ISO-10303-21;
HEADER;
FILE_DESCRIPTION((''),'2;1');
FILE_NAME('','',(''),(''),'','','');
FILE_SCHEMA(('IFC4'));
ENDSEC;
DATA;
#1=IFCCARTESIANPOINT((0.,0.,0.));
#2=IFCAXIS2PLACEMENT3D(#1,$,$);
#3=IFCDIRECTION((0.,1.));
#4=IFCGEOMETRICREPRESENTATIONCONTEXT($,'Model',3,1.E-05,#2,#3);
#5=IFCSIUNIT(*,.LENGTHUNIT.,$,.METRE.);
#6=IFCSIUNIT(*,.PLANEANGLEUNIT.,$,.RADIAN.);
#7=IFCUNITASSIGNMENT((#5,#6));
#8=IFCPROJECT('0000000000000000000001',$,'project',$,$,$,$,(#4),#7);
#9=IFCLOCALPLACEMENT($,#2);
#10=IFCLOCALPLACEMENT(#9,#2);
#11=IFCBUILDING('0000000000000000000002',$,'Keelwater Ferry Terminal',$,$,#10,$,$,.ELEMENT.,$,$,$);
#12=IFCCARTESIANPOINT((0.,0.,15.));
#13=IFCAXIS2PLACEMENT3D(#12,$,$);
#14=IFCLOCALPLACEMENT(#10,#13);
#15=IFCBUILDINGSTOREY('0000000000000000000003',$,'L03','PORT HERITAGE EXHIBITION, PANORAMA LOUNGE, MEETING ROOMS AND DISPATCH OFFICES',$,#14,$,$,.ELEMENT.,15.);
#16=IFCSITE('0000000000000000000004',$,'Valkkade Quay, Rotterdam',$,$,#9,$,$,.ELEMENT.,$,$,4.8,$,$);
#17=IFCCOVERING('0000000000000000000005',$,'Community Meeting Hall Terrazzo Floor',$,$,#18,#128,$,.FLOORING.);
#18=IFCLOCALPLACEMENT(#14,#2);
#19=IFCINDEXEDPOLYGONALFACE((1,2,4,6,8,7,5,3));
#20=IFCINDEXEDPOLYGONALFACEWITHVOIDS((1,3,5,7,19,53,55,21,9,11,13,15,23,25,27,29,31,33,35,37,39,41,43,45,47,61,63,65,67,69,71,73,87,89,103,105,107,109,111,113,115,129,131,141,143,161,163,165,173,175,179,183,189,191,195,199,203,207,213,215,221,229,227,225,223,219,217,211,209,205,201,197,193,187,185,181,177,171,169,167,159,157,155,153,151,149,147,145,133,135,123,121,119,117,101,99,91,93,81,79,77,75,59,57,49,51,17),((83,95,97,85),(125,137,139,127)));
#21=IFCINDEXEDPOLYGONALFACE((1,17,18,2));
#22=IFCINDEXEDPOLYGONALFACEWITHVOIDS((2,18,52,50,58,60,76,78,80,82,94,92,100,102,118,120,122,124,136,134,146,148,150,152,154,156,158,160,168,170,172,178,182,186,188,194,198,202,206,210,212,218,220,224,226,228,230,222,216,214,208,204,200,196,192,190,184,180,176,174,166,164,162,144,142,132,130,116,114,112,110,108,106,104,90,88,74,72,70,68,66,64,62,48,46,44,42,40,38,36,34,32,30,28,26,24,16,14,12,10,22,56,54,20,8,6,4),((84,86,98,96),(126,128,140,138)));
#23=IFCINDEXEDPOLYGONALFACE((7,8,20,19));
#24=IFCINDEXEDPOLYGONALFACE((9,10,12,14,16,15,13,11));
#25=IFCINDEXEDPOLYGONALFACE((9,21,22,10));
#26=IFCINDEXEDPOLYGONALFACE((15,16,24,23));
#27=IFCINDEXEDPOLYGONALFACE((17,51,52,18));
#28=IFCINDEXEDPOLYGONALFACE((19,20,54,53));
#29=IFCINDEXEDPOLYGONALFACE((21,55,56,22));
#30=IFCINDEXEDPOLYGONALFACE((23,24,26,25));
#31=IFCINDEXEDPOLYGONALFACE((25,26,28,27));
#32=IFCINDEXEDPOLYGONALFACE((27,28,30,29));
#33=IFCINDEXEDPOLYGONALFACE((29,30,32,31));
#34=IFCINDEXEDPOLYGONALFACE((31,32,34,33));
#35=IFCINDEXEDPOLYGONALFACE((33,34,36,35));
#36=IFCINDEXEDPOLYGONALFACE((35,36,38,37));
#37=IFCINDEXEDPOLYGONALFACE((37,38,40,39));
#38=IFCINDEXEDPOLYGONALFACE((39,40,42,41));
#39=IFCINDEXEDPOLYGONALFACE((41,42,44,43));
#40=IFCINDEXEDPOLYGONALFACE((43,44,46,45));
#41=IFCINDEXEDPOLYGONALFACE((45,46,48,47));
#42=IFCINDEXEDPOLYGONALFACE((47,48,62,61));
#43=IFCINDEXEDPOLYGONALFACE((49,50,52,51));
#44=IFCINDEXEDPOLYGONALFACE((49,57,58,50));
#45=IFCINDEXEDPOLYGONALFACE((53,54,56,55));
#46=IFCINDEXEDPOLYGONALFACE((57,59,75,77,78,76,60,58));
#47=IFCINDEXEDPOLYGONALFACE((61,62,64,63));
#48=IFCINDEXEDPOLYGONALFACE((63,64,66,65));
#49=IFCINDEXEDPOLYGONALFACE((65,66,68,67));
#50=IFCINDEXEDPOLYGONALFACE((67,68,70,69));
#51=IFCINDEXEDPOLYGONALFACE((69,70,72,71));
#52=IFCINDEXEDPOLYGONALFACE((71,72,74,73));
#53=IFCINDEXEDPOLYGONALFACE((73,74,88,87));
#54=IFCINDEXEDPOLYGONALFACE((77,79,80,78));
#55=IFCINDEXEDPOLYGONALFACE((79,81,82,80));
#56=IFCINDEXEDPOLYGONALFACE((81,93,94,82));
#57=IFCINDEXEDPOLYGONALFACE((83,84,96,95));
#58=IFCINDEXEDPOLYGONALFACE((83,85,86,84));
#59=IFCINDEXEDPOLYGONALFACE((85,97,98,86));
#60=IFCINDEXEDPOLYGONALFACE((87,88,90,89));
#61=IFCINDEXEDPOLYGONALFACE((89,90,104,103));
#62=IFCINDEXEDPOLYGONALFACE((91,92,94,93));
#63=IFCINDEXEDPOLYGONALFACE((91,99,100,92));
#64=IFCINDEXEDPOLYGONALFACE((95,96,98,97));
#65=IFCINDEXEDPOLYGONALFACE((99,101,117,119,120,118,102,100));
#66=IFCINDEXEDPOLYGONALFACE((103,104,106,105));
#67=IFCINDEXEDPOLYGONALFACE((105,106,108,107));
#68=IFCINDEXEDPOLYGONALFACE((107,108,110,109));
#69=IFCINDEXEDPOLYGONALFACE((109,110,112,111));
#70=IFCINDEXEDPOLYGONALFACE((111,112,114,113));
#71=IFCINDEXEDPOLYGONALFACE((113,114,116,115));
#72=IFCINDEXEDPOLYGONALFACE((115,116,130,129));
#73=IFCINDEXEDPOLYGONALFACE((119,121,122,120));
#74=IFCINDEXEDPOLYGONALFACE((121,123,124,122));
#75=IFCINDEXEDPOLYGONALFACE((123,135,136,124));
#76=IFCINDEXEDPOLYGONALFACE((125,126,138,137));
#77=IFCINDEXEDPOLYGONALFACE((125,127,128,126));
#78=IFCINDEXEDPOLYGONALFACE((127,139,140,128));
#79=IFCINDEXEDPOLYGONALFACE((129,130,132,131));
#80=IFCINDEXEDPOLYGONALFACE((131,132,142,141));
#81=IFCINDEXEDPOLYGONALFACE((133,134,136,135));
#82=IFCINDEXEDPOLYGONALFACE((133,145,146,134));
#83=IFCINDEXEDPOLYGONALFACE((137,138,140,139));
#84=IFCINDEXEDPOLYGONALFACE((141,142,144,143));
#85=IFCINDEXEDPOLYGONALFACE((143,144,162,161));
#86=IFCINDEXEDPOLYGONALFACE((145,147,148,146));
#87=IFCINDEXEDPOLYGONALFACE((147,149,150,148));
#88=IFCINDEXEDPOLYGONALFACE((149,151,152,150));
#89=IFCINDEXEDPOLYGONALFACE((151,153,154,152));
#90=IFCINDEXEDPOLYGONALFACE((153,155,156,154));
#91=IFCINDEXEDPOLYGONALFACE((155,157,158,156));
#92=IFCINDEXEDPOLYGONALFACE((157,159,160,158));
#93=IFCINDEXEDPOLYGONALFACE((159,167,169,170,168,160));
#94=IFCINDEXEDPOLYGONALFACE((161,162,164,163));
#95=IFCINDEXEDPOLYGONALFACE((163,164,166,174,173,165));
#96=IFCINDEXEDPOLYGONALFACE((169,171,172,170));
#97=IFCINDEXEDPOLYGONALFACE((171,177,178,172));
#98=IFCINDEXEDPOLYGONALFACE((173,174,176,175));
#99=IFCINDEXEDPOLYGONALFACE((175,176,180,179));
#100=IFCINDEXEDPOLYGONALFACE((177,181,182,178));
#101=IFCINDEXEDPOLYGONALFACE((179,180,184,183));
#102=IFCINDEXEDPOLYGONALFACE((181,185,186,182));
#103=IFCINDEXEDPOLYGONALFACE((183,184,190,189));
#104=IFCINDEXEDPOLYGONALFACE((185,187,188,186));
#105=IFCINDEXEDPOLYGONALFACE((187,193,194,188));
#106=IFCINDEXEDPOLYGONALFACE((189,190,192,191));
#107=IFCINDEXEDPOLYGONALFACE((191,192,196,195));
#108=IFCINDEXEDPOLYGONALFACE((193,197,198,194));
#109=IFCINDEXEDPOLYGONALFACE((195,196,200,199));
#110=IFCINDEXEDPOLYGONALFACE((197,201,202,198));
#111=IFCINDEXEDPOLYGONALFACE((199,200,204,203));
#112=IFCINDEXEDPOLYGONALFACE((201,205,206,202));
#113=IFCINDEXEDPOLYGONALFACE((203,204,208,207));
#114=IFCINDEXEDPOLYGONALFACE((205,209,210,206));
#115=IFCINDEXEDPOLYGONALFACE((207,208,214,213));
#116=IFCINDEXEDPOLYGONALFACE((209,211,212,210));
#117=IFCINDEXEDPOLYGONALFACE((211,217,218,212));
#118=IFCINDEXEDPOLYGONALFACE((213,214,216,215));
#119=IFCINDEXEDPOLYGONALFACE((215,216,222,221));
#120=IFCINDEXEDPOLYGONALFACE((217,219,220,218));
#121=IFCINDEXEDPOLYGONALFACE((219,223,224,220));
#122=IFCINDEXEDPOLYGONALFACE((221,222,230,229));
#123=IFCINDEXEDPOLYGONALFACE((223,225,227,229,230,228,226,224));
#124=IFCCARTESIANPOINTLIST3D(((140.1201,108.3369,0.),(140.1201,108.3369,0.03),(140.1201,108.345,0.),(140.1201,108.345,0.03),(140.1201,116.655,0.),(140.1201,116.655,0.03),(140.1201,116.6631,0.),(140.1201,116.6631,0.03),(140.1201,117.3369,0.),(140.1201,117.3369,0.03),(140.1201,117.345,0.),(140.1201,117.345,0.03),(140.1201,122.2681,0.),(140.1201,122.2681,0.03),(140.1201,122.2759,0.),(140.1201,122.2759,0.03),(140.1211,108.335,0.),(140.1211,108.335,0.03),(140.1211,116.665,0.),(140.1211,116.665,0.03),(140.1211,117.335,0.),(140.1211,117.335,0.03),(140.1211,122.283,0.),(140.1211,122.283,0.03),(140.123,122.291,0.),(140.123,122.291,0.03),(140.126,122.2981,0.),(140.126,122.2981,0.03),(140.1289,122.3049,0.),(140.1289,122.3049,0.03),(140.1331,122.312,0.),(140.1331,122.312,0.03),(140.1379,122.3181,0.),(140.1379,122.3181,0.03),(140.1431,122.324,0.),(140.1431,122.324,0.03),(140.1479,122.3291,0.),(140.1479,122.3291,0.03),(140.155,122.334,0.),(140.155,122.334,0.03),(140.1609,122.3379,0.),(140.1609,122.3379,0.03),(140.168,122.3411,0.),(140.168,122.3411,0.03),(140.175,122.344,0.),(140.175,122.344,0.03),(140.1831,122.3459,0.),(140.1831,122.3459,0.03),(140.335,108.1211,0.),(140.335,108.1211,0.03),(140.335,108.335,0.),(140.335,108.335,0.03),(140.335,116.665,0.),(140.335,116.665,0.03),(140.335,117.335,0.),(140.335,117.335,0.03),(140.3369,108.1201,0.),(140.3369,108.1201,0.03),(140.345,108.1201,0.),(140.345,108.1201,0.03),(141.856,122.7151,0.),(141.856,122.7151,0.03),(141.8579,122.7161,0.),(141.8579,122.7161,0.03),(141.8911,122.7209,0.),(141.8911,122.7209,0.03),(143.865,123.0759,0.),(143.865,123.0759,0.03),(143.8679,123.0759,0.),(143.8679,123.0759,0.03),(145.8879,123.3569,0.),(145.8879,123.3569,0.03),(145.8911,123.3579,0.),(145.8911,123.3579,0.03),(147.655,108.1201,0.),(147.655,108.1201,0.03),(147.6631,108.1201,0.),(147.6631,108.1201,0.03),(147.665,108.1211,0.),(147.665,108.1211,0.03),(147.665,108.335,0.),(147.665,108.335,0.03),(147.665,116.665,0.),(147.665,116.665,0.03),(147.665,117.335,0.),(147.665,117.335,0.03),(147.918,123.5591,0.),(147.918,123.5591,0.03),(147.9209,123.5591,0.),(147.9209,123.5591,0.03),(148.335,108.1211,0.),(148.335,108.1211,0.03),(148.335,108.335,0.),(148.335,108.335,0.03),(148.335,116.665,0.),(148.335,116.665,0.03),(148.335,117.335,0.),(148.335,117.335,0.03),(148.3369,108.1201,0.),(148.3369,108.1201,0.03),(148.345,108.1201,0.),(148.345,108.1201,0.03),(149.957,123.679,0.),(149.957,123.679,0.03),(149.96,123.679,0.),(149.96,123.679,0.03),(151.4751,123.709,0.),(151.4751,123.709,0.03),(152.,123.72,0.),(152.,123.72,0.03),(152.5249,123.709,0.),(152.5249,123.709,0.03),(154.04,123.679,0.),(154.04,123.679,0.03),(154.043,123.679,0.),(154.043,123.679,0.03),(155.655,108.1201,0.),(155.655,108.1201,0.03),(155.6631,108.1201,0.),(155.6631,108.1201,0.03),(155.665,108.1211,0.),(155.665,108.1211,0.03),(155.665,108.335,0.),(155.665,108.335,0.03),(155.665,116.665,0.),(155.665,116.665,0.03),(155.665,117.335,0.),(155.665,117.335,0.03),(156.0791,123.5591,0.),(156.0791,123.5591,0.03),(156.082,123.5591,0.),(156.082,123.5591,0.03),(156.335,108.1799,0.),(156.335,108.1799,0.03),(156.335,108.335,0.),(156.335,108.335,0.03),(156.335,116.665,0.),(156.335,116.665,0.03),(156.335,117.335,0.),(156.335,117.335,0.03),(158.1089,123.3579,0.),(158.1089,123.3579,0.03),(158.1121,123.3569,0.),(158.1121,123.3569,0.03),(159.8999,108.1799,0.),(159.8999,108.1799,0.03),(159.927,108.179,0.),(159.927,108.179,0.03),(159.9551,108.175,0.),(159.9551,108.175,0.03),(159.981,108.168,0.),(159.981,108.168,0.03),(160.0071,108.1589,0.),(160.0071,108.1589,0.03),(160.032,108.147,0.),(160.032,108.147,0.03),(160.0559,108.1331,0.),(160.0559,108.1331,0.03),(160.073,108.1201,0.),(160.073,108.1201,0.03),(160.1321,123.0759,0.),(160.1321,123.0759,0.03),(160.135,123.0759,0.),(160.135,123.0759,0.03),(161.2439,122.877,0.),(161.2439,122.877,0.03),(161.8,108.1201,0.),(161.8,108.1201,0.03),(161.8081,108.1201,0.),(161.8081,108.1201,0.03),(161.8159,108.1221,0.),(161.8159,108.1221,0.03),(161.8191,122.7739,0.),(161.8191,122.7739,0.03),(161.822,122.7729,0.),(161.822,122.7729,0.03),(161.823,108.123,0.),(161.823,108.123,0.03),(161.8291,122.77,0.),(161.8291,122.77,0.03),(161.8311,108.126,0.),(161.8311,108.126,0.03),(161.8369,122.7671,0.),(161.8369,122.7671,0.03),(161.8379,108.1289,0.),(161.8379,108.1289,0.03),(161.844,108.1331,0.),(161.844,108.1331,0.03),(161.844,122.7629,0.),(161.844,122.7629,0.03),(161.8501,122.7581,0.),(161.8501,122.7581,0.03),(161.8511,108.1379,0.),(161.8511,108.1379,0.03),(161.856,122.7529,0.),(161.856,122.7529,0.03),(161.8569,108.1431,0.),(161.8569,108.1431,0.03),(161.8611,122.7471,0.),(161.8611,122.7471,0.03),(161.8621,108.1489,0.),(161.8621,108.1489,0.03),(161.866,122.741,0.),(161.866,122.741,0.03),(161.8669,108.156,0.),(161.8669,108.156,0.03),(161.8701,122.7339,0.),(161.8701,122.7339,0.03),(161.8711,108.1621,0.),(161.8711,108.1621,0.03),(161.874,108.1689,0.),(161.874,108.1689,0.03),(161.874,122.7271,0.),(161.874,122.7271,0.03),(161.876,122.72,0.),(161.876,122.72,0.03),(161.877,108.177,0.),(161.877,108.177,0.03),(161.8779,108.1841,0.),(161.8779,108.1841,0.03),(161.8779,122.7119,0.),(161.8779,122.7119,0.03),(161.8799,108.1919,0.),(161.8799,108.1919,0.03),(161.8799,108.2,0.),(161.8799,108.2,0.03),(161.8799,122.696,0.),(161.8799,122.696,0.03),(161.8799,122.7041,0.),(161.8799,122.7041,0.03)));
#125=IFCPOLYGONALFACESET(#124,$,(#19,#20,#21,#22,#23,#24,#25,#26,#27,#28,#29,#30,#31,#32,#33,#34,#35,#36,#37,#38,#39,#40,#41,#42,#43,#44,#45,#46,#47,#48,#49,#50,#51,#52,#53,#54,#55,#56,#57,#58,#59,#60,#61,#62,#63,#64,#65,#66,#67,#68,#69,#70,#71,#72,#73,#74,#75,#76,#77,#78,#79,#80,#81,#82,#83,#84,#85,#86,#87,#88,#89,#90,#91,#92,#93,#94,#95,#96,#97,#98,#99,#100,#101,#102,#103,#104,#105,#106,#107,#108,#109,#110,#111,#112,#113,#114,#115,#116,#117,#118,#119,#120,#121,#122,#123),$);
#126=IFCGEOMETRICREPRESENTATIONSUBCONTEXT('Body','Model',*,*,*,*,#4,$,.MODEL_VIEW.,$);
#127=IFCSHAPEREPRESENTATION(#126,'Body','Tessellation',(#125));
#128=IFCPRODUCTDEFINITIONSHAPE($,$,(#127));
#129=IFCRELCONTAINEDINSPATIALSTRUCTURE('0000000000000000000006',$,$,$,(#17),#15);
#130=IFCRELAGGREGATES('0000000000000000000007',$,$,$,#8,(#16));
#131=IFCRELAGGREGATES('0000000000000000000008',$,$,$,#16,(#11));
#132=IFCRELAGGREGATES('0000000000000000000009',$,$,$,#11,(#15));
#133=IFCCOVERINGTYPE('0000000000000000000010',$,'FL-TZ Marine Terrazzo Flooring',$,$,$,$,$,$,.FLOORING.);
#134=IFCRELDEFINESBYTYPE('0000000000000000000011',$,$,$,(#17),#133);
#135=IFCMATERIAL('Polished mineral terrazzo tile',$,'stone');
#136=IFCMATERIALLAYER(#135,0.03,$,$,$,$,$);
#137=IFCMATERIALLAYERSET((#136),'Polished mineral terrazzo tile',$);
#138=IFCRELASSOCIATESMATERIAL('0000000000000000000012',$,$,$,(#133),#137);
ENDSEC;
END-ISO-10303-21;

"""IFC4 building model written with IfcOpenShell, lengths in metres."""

from ifc_helpers import new_model, si_unit, direction, frame, origin, place, context, subcontext, project, spatial, polyline, outline, extrude, material, layer, layer_set, type_object, element, save


model = new_model("IFC4")

# Units and contexts
model_context = context("Model", 3, precision=1e-05, world=origin(), true_north=direction((0.0, 1.0)))
body_context = subcontext(model_context, "Body", "Model", "MODEL_VIEW")
ifc_project = project(units=[si_unit("LENGTHUNIT", "METRE"), si_unit("PLANEANGLEUNIT", "RADIAN")], contexts=[model_context])

# Site, building, storey
site_placement = place(None, origin())
site = spatial("IfcSite", under=ifc_project, at=site_placement, Name="Valkkade Quay, Rotterdam", CompositionType="ELEMENT", RefElevation=4.8)
building_placement = place(site_placement, origin())
building = spatial("IfcBuilding", under=site, at=building_placement, Name="Keelwater Ferry Terminal", CompositionType="ELEMENT")
storey_placement = place(building_placement, frame((0.0, 0.0, 15.0)))
storey = spatial("IfcBuildingStorey", under=building, at=storey_placement, Name="L03", Description="PORT HERITAGE EXHIBITION, PANORAMA LOUNGE, MEETING ROOMS AND DISPATCH OFFICES", CompositionType="ELEMENT", Elevation=15.0)

# Covering
ifc_material_1 = material(Name="Polished mineral terrazzo tile", Category="stone")
ifc_layer_1 = layer(ifc_material_1, 0.03)
ifc_layer_set_1 = layer_set([ifc_layer_1], Name="Polished mineral terrazzo tile")
covering_type_1 = type_object("IfcCoveringType", Name="FL-TZ Marine Terrazzo Flooring", PredefinedType="FLOORING", material=ifc_layer_set_1)
covering_1_placement = place(storey_placement, origin())
element("IfcCovering", 1, at=covering_1_placement, inside=storey, type_object=covering_type_1, Name="Community Meeting Hall Terrazzo Floor", PredefinedType="FLOORING", context=body_context, shape_type="SweptSolid", body=[
    extrude(outline(polyline([(141.8911, 122.7209), (143.865, 123.0759), (143.8679, 123.0759), (145.8879, 123.3569), (145.8911, 123.3579), (147.918, 123.5591), (147.9209, 123.5591), (149.957, 123.679), (149.96, 123.679), (151.4751, 123.709), (152.0, 123.72), (152.5249, 123.709), (154.04, 123.679), (154.043, 123.679), (156.0791, 123.5591), (156.082, 123.5591), (158.1089, 123.3579), (158.1121, 123.3569), (160.1321, 123.0759), (160.135, 123.0759), (161.2439, 122.877), (161.8191, 122.7739), (161.822, 122.7729), (161.8291, 122.77), (161.8369, 122.7671), (161.844, 122.7629), (161.8501, 122.7581), (161.856, 122.7529), (161.8611, 122.7471), (161.866, 122.741), (161.8701, 122.7339), (161.874, 122.7271), (161.876, 122.72), (161.8779, 122.7119), (161.8799, 122.7041), (161.8799, 122.696), (161.8799, 108.2), (161.8799, 108.1919), (161.8779, 108.1841), (161.877, 108.177), (161.874, 108.1689), (161.8711, 108.1621), (161.8669, 108.156), (161.8621, 108.1489), (161.8569, 108.1431), (161.8511, 108.1379), (161.844, 108.1331), (161.8379, 108.1289), (161.8311, 108.126), (161.823, 108.123), (161.8159, 108.1221), (161.8081, 108.1201), (161.8, 108.1201), (160.073, 108.1201), (160.0559, 108.1331), (160.032, 108.147), (160.0071, 108.1589), (159.981, 108.168), (159.9551, 108.175), (159.927, 108.179), (159.8999, 108.1799), (156.335, 108.1799), (156.335, 108.335), (155.665, 108.335), (155.665, 108.1211), (155.6631, 108.1201), (155.655, 108.1201), (148.345, 108.1201), (148.3369, 108.1201), (148.335, 108.1211), (148.335, 108.335), (147.665, 108.335), (147.665, 108.1211), (147.6631, 108.1201), (147.655, 108.1201), (140.345, 108.1201), (140.3369, 108.1201), (140.335, 108.1211), (140.335, 108.335), (140.1211, 108.335), (140.1201, 108.3369), (140.1201, 108.345), (140.1201, 116.655), (140.1201, 116.6631), (140.1211, 116.665), (140.335, 116.665), (140.335, 117.335), (140.1211, 117.335), (140.1201, 117.3369), (140.1201, 117.345), (140.1201, 122.2681), (140.1201, 122.2759), (140.1211, 122.283), (140.123, 122.291), (140.126, 122.2981), (140.1289, 122.3049), (140.1331, 122.312), (140.1379, 122.3181), (140.1431, 122.324), (140.1479, 122.3291), (140.155, 122.334), (140.1609, 122.3379), (140.168, 122.3411), (140.175, 122.344), (140.1831, 122.3459), (141.856, 122.7151), (141.8579, 122.7161), (141.8911, 122.7209)]), holes=[polyline([(147.665, 116.665), (148.335, 116.665), (148.335, 117.335), (147.665, 117.335), (147.665, 116.665)]), polyline([(155.665, 116.665), (156.335, 116.665), (156.335, 117.335), (155.665, 117.335), (155.665, 116.665)])]), origin(), (0.0, 0.0, 1.0), 0.03),
])

save(model, "model.ifc")
